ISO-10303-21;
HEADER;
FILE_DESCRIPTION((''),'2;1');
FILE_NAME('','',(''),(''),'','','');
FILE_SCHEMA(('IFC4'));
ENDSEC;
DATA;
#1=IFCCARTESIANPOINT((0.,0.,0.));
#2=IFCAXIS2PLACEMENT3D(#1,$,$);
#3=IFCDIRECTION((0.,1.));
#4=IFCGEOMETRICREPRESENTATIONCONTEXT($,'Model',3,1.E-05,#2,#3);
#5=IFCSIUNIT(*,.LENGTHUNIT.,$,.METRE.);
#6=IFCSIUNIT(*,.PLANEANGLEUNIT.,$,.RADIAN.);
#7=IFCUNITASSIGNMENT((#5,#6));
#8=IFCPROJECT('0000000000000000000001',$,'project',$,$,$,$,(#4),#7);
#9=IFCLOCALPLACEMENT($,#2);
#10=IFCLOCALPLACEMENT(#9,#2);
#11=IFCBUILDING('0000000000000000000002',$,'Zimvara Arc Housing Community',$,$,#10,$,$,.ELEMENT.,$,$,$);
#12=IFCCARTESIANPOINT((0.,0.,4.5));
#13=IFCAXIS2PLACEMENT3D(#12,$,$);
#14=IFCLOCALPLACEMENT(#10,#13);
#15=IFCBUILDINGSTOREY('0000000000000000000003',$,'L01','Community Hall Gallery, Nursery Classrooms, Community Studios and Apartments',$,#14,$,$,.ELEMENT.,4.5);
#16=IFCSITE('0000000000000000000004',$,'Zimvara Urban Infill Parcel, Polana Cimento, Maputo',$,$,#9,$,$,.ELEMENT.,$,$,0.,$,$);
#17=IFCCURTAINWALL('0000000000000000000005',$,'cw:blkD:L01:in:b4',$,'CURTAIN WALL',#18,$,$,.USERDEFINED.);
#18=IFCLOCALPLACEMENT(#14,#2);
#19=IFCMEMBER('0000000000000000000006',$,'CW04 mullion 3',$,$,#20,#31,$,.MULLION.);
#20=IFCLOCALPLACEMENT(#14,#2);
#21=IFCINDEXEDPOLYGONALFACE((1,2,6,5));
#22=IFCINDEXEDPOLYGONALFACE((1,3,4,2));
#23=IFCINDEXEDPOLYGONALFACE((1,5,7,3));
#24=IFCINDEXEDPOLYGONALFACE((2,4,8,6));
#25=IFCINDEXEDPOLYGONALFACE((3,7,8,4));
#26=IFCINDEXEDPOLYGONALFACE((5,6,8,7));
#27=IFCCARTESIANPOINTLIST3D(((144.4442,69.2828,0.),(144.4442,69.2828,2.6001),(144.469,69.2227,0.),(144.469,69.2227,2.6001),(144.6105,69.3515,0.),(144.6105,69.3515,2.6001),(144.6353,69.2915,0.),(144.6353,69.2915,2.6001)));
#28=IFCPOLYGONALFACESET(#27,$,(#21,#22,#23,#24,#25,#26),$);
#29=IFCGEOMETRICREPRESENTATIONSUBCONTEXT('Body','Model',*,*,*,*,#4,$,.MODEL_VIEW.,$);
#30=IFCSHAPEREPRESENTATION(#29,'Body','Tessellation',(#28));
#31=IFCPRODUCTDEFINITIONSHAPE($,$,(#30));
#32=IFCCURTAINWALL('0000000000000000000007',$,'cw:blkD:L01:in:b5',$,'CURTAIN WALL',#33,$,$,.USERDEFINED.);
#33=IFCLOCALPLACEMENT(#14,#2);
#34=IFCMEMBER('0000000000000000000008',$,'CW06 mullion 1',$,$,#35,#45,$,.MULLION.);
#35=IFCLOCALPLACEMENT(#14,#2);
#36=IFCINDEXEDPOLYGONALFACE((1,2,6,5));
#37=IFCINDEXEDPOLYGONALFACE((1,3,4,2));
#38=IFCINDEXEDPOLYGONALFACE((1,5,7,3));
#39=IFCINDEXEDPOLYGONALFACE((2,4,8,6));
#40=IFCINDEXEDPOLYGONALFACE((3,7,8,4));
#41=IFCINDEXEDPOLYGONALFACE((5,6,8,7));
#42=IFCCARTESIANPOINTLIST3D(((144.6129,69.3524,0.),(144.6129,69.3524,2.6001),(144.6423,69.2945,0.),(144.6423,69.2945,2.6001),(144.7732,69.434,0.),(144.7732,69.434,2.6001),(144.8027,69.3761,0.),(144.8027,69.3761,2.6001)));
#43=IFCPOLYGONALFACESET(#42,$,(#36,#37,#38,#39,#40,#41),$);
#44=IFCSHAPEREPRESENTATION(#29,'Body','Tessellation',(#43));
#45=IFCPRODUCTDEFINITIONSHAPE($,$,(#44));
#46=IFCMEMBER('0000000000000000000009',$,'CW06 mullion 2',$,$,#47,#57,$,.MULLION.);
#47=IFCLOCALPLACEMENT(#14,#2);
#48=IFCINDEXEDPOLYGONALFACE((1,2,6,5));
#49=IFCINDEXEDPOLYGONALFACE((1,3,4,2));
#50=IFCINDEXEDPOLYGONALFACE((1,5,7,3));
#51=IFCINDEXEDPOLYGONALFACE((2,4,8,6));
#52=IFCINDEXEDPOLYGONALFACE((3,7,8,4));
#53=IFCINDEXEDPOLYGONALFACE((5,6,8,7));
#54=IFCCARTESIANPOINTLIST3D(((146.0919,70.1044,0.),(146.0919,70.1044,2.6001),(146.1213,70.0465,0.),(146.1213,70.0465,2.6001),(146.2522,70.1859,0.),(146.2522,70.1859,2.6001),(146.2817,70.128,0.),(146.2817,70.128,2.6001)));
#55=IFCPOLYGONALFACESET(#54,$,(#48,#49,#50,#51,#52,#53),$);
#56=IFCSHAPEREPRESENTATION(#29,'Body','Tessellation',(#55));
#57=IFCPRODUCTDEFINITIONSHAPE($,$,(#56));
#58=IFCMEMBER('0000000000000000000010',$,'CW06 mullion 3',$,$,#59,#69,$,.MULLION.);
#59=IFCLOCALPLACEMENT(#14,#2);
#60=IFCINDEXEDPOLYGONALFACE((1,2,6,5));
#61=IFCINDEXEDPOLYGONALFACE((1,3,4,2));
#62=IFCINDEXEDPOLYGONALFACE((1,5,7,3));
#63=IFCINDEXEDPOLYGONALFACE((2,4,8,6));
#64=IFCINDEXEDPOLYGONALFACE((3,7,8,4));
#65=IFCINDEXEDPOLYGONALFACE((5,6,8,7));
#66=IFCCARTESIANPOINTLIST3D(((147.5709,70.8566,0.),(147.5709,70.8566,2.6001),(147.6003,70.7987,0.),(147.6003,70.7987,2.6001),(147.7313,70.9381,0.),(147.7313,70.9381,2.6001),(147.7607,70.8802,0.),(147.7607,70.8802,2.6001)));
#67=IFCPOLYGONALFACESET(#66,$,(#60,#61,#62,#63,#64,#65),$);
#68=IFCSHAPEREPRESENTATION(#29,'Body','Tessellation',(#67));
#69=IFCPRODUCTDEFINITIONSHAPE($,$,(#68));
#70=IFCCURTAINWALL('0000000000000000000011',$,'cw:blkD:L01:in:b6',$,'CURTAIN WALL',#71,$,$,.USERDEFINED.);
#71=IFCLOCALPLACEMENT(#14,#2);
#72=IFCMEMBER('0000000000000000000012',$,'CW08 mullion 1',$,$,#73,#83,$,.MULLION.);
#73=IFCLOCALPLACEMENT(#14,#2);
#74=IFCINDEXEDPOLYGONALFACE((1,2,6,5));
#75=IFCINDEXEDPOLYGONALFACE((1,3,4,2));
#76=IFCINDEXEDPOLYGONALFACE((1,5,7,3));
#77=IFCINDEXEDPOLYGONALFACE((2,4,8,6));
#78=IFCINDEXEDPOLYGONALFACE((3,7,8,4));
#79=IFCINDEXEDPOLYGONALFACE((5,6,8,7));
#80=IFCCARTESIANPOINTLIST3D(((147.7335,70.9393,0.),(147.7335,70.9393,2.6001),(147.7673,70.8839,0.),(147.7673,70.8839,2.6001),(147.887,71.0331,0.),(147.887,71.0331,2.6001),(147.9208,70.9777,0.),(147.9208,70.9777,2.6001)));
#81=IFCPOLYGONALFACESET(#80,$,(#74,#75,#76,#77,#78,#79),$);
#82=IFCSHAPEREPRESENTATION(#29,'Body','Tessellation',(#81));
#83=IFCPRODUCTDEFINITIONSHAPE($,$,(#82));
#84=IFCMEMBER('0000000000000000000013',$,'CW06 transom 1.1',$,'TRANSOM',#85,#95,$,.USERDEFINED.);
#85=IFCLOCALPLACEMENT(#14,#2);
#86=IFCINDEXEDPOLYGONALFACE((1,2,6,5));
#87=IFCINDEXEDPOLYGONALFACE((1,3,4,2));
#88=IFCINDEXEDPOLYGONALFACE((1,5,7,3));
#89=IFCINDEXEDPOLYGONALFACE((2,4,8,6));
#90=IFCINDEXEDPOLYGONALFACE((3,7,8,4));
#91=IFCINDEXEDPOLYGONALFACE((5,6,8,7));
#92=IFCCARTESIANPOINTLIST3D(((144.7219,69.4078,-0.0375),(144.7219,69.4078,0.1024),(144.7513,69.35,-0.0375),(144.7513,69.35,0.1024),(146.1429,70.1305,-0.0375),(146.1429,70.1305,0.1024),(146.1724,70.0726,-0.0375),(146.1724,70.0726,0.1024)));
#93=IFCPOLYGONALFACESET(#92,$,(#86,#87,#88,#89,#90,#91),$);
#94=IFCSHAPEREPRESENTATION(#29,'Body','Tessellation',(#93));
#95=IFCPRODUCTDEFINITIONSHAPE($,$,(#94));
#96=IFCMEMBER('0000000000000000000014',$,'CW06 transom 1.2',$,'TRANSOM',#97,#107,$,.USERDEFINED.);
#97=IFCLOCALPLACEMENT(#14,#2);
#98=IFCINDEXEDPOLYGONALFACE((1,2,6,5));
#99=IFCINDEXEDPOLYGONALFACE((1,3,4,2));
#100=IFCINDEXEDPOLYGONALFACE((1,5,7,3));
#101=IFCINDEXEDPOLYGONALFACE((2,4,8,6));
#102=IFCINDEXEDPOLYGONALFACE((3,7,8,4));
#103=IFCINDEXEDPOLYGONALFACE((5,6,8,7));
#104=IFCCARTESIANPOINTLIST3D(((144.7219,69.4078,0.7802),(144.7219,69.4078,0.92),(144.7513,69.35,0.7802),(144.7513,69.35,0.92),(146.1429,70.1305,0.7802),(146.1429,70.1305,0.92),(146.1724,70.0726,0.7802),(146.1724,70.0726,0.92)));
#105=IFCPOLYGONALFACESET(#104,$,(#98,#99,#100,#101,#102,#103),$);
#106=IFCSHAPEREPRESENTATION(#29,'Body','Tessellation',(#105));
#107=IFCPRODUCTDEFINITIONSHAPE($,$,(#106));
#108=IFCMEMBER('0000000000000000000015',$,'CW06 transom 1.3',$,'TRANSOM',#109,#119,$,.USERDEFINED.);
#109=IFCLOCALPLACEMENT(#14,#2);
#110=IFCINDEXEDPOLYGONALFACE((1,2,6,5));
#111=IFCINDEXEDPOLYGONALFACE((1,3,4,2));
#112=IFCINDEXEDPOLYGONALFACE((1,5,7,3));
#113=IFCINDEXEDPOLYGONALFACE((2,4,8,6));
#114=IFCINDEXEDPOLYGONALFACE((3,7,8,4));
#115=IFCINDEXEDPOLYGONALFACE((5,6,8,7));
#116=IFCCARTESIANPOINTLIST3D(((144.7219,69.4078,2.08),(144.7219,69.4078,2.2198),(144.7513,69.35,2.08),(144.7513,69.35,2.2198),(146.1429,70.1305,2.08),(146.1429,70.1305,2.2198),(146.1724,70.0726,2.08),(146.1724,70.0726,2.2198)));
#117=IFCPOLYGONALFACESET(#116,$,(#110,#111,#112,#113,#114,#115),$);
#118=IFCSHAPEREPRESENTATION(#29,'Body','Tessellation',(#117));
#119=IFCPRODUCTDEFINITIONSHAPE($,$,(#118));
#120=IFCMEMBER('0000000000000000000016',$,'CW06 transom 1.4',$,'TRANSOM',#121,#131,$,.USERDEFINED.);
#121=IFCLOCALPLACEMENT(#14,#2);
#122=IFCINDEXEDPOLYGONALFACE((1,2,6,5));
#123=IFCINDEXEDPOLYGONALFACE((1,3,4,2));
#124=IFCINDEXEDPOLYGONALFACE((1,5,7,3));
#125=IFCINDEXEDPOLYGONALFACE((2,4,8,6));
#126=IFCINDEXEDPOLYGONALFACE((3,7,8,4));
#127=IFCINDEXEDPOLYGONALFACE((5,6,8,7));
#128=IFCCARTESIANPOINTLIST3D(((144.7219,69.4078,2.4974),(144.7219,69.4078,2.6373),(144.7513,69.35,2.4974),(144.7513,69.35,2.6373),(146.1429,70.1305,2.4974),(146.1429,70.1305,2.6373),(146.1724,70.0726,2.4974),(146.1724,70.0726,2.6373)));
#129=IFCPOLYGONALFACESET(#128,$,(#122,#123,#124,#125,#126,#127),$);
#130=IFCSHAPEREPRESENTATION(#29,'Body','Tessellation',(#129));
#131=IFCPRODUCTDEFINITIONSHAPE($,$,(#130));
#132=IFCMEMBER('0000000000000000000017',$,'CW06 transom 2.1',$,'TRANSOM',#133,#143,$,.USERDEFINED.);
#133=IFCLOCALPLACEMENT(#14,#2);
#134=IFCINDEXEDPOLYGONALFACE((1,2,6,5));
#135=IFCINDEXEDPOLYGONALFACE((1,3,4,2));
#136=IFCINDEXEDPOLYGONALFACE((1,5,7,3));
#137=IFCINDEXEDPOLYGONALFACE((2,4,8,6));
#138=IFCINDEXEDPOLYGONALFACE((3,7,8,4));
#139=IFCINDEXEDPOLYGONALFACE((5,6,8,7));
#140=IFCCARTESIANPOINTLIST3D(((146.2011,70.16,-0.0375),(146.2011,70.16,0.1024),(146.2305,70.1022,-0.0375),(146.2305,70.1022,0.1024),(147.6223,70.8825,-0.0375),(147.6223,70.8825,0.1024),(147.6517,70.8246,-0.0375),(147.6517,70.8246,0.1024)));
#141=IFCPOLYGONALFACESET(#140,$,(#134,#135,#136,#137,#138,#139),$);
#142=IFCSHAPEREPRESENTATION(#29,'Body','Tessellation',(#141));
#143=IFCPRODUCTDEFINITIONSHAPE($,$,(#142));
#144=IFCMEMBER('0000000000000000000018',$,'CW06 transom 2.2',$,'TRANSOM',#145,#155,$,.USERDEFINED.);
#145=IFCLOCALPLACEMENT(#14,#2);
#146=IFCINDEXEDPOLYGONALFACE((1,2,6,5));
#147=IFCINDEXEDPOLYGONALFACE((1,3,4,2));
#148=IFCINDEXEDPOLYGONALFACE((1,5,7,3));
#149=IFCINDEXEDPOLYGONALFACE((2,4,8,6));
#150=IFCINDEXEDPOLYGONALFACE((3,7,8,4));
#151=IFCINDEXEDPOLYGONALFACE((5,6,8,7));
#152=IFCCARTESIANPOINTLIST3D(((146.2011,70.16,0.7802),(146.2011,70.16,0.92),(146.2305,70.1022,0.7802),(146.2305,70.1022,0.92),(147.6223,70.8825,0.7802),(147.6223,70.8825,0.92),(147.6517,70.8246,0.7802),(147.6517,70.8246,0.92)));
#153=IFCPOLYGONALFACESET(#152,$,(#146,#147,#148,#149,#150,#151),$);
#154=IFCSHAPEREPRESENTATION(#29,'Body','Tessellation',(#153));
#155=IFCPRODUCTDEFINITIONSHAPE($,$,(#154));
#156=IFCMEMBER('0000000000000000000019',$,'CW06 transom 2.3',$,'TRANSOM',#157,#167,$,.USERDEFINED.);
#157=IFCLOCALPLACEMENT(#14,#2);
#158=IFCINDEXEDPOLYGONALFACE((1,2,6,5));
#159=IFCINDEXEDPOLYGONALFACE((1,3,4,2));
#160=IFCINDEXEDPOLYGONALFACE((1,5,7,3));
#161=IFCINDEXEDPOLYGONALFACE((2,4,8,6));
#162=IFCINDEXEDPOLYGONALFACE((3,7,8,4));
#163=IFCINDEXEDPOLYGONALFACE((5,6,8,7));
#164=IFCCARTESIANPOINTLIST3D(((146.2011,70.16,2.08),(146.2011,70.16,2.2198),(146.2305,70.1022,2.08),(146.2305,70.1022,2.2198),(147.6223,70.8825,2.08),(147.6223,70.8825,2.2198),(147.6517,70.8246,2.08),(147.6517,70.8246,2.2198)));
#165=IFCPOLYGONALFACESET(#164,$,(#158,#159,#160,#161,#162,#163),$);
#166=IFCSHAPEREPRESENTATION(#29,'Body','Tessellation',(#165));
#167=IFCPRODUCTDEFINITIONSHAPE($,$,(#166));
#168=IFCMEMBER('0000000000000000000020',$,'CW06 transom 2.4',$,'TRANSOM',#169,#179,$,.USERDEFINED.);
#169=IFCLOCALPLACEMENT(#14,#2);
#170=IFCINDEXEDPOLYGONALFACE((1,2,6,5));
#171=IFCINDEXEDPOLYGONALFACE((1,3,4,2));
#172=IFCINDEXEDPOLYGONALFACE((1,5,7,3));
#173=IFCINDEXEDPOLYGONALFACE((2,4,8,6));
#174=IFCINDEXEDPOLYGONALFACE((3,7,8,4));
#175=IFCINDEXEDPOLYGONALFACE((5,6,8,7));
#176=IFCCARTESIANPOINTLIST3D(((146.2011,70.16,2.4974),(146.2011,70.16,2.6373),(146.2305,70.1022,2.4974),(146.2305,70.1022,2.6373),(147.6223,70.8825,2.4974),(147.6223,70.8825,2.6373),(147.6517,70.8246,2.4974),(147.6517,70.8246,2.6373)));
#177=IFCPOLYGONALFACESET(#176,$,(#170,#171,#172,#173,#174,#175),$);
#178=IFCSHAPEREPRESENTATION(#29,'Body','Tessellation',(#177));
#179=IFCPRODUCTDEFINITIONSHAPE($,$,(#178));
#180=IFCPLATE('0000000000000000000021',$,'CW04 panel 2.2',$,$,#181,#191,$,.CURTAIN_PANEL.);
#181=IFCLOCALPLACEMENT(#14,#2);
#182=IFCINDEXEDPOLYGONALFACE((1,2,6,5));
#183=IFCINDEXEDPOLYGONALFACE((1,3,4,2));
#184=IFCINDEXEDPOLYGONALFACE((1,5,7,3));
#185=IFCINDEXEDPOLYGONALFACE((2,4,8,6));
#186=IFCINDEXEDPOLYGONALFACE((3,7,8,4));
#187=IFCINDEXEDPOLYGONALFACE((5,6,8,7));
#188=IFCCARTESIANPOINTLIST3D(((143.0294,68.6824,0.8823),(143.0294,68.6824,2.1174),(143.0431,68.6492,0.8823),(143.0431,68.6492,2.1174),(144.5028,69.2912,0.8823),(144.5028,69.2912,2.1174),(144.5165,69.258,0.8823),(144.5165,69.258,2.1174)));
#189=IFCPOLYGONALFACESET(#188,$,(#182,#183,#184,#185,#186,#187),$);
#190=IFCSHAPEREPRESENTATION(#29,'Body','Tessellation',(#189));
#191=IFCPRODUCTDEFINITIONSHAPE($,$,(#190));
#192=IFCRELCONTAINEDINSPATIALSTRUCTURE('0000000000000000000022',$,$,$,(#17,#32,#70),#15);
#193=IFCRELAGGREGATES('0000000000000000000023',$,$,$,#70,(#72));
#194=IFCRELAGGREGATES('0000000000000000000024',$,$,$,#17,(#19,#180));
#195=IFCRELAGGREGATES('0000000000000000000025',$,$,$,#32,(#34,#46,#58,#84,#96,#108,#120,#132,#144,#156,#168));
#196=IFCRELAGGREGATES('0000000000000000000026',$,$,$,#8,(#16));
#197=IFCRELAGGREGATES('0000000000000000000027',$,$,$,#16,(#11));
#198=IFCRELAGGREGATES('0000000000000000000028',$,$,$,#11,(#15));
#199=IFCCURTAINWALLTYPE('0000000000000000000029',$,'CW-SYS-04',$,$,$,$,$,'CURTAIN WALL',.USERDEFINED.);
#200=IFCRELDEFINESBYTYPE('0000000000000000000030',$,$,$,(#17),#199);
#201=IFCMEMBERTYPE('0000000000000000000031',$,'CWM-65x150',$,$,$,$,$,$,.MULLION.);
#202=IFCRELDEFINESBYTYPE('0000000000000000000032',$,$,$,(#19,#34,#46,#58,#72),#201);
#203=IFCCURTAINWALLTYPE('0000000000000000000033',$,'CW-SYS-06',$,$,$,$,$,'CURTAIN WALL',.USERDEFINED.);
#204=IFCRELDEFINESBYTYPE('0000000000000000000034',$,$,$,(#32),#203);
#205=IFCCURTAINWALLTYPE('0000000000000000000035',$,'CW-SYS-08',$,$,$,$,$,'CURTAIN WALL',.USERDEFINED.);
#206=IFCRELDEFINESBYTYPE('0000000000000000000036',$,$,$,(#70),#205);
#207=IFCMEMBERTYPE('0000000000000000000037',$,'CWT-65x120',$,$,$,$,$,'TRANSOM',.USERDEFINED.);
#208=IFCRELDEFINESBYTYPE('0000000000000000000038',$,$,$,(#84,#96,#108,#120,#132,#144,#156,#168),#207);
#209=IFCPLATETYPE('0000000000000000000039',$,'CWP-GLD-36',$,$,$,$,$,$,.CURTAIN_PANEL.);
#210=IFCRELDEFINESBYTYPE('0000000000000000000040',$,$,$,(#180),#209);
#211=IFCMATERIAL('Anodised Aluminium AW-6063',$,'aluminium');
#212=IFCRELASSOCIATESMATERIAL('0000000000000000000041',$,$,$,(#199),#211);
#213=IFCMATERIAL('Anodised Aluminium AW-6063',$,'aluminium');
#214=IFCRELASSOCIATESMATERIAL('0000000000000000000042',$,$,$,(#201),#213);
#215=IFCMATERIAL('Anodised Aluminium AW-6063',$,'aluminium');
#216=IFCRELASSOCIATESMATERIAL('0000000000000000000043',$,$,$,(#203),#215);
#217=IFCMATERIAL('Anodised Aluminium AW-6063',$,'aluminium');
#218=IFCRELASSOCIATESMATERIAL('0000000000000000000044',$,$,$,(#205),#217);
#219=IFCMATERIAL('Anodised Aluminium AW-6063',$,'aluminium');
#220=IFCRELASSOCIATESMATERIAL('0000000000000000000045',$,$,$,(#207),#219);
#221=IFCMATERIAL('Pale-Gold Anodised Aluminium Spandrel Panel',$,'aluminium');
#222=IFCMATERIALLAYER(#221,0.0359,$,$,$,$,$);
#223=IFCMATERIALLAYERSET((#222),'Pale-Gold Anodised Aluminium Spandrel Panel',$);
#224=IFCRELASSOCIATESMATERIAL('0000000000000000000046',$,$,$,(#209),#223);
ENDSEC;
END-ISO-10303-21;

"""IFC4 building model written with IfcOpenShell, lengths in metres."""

from ifc_helpers import new_model, si_unit, direction, frame, origin, origin_2d, place, context, subcontext, project, spatial, rectangle, extrude, material, layer, layer_set, material_profile, profile_set, type_object, element, aggregate, save


model = new_model("IFC4")

# Units and contexts
model_context = context("Model", 3, precision=1e-05, world=origin(), true_north=direction((0.0, 1.0)))
body_context = subcontext(model_context, "Body", "Model", "MODEL_VIEW")
ifc_project = project(units=[si_unit("LENGTHUNIT", "METRE"), si_unit("PLANEANGLEUNIT", "RADIAN")], contexts=[model_context])

# Site, building, storey
site_placement = place(None, origin())
site = spatial("IfcSite", under=ifc_project, at=site_placement, Name="Zimvara Urban Infill Parcel, Polana Cimento, Maputo", CompositionType="ELEMENT", RefElevation=0.0)
building_placement = place(site_placement, origin())
building = spatial("IfcBuilding", under=site, at=building_placement, Name="Zimvara Arc Housing Community", CompositionType="ELEMENT")
storey_placement = place(building_placement, frame((0.0, 0.0, 4.5)))
storey = spatial("IfcBuildingStorey", under=building, at=storey_placement, Name="L01", Description="Community Hall Gallery, Nursery Classrooms, Community Studios and Apartments", CompositionType="ELEMENT", Elevation=4.5)

# Curtain wall, member
ifc_material_1 = material(Name="Anodised Aluminium AW-6063", Category="aluminium")
curtain_wall_type_1 = type_object("IfcCurtainWallType", Name="CW-SYS-04", ElementType="CURTAIN WALL", PredefinedType="USERDEFINED", material=ifc_material_1)
curtain_wall_1_placement = place(storey_placement, origin())
curtain_wall_1 = element("IfcCurtainWall", 1, at=curtain_wall_1_placement, inside=storey, type_object=curtain_wall_type_1, Name="cw:blkD:L01:in:b4", ObjectType="CURTAIN WALL", PredefinedType="USERDEFINED")
ifc_material_2 = material(Name="Anodised Aluminium AW-6063", Category="aluminium")
ifc_material_profile_1 = material_profile(ifc_material_2, rectangle(XDim=0.0649, YDim=0.1799, at=origin_2d()), Name="ALU 65x180")
ifc_profile_set_1 = profile_set([ifc_material_profile_1], Name="Anodised Aluminium AW-6063")
member_type_1 = type_object("IfcMemberType", Name="CWM-65x150", PredefinedType="MULLION", material=ifc_profile_set_1)
member_1_placement = place(storey_placement, frame((144.5398, 69.2871, 0.0), z_axis=(0.0, 0.0, 1.0), x_axis=(-0.381877, 0.924213, 0.0)))
member_1 = element("IfcMember", 2, at=member_1_placement, type_object=member_type_1, Name="CW04 mullion 3", PredefinedType="MULLION", context=body_context, shape_type="SweptSolid", body=[
    extrude(rectangle(XDim=0.0649, YDim=0.1799, at=origin_2d()), origin(), (0.0, 0.0, 1.0), 2.6001),
])

# Curtain wall, members
ifc_material_3 = material(Name="Anodised Aluminium AW-6063", Category="aluminium")
curtain_wall_type_2 = type_object("IfcCurtainWallType", Name="CW-SYS-06", ElementType="CURTAIN WALL", PredefinedType="USERDEFINED", material=ifc_material_3)
curtain_wall_2_placement = place(storey_placement, origin())
curtain_wall_2 = element("IfcCurtainWall", 3, at=curtain_wall_2_placement, inside=storey, type_object=curtain_wall_type_2, Name="cw:blkD:L01:in:b5", ObjectType="CURTAIN WALL", PredefinedType="USERDEFINED")
member_2_placement = place(storey_placement, frame((144.7078, 69.3643, 0.0), z_axis=(0.0, 0.0, 1.0), x_axis=(-0.453211, 0.891403, 0.0)))
member_2 = element("IfcMember", 4, at=member_2_placement, type_object=member_type_1, Name="CW06 mullion 1", PredefinedType="MULLION", context=body_context, shape_type="SweptSolid", body=[
    extrude(rectangle(XDim=0.0649, YDim=0.1799, at=origin_2d()), origin(), (0.0, 0.0, 1.0), 2.6001),
])
member_3_placement = place(storey_placement, frame((146.1868, 70.1162, 0.0), z_axis=(0.0, 0.0, 1.0), x_axis=(-0.453211, 0.891403, 0.0)))
member_3 = element("IfcMember", 5, at=member_3_placement, type_object=member_type_1, Name="CW06 mullion 2", PredefinedType="MULLION", context=body_context, shape_type="SweptSolid", body=[
    extrude(rectangle(XDim=0.0649, YDim=0.1799, at=origin_2d()), origin(), (0.0, 0.0, 1.0), 2.6001),
])
member_4_placement = place(storey_placement, frame((147.6658, 70.8684, 0.0), z_axis=(0.0, 0.0, 1.0), x_axis=(-0.453211, 0.891403, 0.0)))
member_4 = element("IfcMember", 6, at=member_4_placement, type_object=member_type_1, Name="CW06 mullion 3", PredefinedType="MULLION", context=body_context, shape_type="SweptSolid", body=[
    extrude(rectangle(XDim=0.0649, YDim=0.1799, at=origin_2d()), origin(), (0.0, 0.0, 1.0), 2.6001),
])

# Curtain wall, member
ifc_material_4 = material(Name="Anodised Aluminium AW-6063", Category="aluminium")
curtain_wall_type_3 = type_object("IfcCurtainWallType", Name="CW-SYS-08", ElementType="CURTAIN WALL", PredefinedType="USERDEFINED", material=ifc_material_4)
curtain_wall_3_placement = place(storey_placement, origin())
curtain_wall_3 = element("IfcCurtainWall", 7, at=curtain_wall_3_placement, inside=storey, type_object=curtain_wall_type_3, Name="cw:blkD:L01:in:b6", ObjectType="CURTAIN WALL", PredefinedType="USERDEFINED")
member_5_placement = place(storey_placement, frame((147.8271, 70.9585, 0.0), z_axis=(0.0, 0.0, 1.0), x_axis=(-0.521754, 0.853096, 0.0)))
member_5 = element("IfcMember", 8, at=member_5_placement, type_object=member_type_1, Name="CW08 mullion 1", PredefinedType="MULLION", context=body_context, shape_type="SweptSolid", body=[
    extrude(rectangle(XDim=0.0649, YDim=0.1799, at=origin_2d()), origin(), (0.0, 0.0, 1.0), 2.6001),
])
aggregate(curtain_wall_3, [member_5])

# Members
ifc_material_5 = material(Name="Anodised Aluminium AW-6063", Category="aluminium")
ifc_material_profile_2 = material_profile(ifc_material_5, rectangle(XDim=0.0649, YDim=0.1399, at=origin_2d()), Name="ALU 65x140")
ifc_profile_set_2 = profile_set([ifc_material_profile_2], Name="Anodised Aluminium AW-6063")
member_type_2 = type_object("IfcMemberType", Name="CWT-65x120", ElementType="TRANSOM", PredefinedType="USERDEFINED", material=ifc_profile_set_2)
member_6_placement = place(storey_placement, frame((144.7366, 69.3789, 0.0325), z_axis=(0.891375, 0.453267, 0.0), x_axis=(-0.453267, 0.891375, 0.0)))
member_6 = element("IfcMember", 9, at=member_6_placement, type_object=member_type_2, Name="CW06 transom 1.1", ObjectType="TRANSOM", PredefinedType="USERDEFINED", context=body_context, shape_type="SweptSolid", body=[
    extrude(rectangle(XDim=0.0649, YDim=0.1399, at=origin_2d()), origin(), (0.0, 0.0, 1.0), 1.5942),
])
member_7_placement = place(storey_placement, frame((144.7366, 69.3789, 0.8501), z_axis=(0.891375, 0.453267, 0.0), x_axis=(-0.453267, 0.891375, 0.0)))
member_7 = element("IfcMember", 10, at=member_7_placement, type_object=member_type_2, Name="CW06 transom 1.2", ObjectType="TRANSOM", PredefinedType="USERDEFINED", context=body_context, shape_type="SweptSolid", body=[
    extrude(rectangle(XDim=0.0649, YDim=0.1399, at=origin_2d()), origin(), (0.0, 0.0, 1.0), 1.5942),
])
member_8_placement = place(storey_placement, frame((144.7366, 69.3789, 2.1499), z_axis=(0.891375, 0.453267, 0.0), x_axis=(-0.453267, 0.891375, 0.0)))
member_8 = element("IfcMember", 11, at=member_8_placement, type_object=member_type_2, Name="CW06 transom 1.3", ObjectType="TRANSOM", PredefinedType="USERDEFINED", context=body_context, shape_type="SweptSolid", body=[
    extrude(rectangle(XDim=0.0649, YDim=0.1399, at=origin_2d()), origin(), (0.0, 0.0, 1.0), 1.5942),
])
member_9_placement = place(storey_placement, frame((144.7366, 69.3789, 2.5674), z_axis=(0.891375, 0.453267, 0.0), x_axis=(-0.453267, 0.891375, 0.0)))
member_9 = element("IfcMember", 12, at=member_9_placement, type_object=member_type_2, Name="CW06 transom 1.4", ObjectType="TRANSOM", PredefinedType="USERDEFINED", context=body_context, shape_type="SweptSolid", body=[
    extrude(rectangle(XDim=0.0649, YDim=0.1399, at=origin_2d()), origin(), (0.0, 0.0, 1.0), 1.5942),
])
member_10_placement = place(storey_placement, frame((146.2158, 70.1311, 0.0325), z_axis=(0.891437, 0.453146, 0.0), x_axis=(-0.453146, 0.891437, 0.0)))
member_10 = element("IfcMember", 13, at=member_10_placement, type_object=member_type_2, Name="CW06 transom 2.1", ObjectType="TRANSOM", PredefinedType="USERDEFINED", context=body_context, shape_type="SweptSolid", body=[
    extrude(rectangle(XDim=0.0649, YDim=0.1399, at=origin_2d()), origin(), (0.0, 0.0, 1.0), 1.5942),
])
member_11_placement = place(storey_placement, frame((146.2158, 70.1311, 0.8501), z_axis=(0.891437, 0.453146, 0.0), x_axis=(-0.453146, 0.891437, 0.0)))
member_11 = element("IfcMember", 14, at=member_11_placement, type_object=member_type_2, Name="CW06 transom 2.2", ObjectType="TRANSOM", PredefinedType="USERDEFINED", context=body_context, shape_type="SweptSolid", body=[
    extrude(rectangle(XDim=0.0649, YDim=0.1399, at=origin_2d()), origin(), (0.0, 0.0, 1.0), 1.5942),
])
member_12_placement = place(storey_placement, frame((146.2158, 70.1311, 2.1499), z_axis=(0.891437, 0.453146, 0.0), x_axis=(-0.453146, 0.891437, 0.0)))
member_12 = element("IfcMember", 15, at=member_12_placement, type_object=member_type_2, Name="CW06 transom 2.3", ObjectType="TRANSOM", PredefinedType="USERDEFINED", context=body_context, shape_type="SweptSolid", body=[
    extrude(rectangle(XDim=0.0649, YDim=0.1399, at=origin_2d()), origin(), (0.0, 0.0, 1.0), 1.5942),
])
member_13_placement = place(storey_placement, frame((146.2158, 70.1311, 2.5674), z_axis=(0.891437, 0.453146, 0.0), x_axis=(-0.453146, 0.891437, 0.0)))
member_13 = element("IfcMember", 16, at=member_13_placement, type_object=member_type_2, Name="CW06 transom 2.4", ObjectType="TRANSOM", PredefinedType="USERDEFINED", context=body_context, shape_type="SweptSolid", body=[
    extrude(rectangle(XDim=0.0649, YDim=0.1399, at=origin_2d()), origin(), (0.0, 0.0, 1.0), 1.5942),
])

# Plate
ifc_material_6 = material(Name="Pale-Gold Anodised Aluminium Spandrel Panel", Category="aluminium")
ifc_layer_1 = layer(ifc_material_6, 0.0359)
ifc_layer_set_1 = layer_set([ifc_layer_1], Name="Pale-Gold Anodised Aluminium Spandrel Panel")
plate_type_1 = type_object("IfcPlateType", Name="CWP-GLD-36", PredefinedType="CURTAIN_PANEL", material=ifc_layer_set_1)
plate_1_placement = place(storey_placement, frame((143.7729, 68.9702, 0.8823), z_axis=(0.0, 0.0, 1.0), x_axis=(0.924213, 0.381877, 0.0)))
plate_1 = element("IfcPlate", 17, at=plate_1_placement, type_object=plate_type_1, Name="CW04 panel 2.2", PredefinedType="CURTAIN_PANEL", context=body_context, shape_type="SweptSolid", body=[
    extrude(rectangle(XDim=1.5942, YDim=0.0359, at=origin_2d()), origin(), (0.0, 0.0, 1.0), 1.2351),
])
aggregate(curtain_wall_1, [member_1, plate_1])
aggregate(curtain_wall_2, [member_2, member_3, member_4, member_6, member_7, member_8, member_9, member_10, member_11, member_12, member_13])

save(model, "model.ifc")
